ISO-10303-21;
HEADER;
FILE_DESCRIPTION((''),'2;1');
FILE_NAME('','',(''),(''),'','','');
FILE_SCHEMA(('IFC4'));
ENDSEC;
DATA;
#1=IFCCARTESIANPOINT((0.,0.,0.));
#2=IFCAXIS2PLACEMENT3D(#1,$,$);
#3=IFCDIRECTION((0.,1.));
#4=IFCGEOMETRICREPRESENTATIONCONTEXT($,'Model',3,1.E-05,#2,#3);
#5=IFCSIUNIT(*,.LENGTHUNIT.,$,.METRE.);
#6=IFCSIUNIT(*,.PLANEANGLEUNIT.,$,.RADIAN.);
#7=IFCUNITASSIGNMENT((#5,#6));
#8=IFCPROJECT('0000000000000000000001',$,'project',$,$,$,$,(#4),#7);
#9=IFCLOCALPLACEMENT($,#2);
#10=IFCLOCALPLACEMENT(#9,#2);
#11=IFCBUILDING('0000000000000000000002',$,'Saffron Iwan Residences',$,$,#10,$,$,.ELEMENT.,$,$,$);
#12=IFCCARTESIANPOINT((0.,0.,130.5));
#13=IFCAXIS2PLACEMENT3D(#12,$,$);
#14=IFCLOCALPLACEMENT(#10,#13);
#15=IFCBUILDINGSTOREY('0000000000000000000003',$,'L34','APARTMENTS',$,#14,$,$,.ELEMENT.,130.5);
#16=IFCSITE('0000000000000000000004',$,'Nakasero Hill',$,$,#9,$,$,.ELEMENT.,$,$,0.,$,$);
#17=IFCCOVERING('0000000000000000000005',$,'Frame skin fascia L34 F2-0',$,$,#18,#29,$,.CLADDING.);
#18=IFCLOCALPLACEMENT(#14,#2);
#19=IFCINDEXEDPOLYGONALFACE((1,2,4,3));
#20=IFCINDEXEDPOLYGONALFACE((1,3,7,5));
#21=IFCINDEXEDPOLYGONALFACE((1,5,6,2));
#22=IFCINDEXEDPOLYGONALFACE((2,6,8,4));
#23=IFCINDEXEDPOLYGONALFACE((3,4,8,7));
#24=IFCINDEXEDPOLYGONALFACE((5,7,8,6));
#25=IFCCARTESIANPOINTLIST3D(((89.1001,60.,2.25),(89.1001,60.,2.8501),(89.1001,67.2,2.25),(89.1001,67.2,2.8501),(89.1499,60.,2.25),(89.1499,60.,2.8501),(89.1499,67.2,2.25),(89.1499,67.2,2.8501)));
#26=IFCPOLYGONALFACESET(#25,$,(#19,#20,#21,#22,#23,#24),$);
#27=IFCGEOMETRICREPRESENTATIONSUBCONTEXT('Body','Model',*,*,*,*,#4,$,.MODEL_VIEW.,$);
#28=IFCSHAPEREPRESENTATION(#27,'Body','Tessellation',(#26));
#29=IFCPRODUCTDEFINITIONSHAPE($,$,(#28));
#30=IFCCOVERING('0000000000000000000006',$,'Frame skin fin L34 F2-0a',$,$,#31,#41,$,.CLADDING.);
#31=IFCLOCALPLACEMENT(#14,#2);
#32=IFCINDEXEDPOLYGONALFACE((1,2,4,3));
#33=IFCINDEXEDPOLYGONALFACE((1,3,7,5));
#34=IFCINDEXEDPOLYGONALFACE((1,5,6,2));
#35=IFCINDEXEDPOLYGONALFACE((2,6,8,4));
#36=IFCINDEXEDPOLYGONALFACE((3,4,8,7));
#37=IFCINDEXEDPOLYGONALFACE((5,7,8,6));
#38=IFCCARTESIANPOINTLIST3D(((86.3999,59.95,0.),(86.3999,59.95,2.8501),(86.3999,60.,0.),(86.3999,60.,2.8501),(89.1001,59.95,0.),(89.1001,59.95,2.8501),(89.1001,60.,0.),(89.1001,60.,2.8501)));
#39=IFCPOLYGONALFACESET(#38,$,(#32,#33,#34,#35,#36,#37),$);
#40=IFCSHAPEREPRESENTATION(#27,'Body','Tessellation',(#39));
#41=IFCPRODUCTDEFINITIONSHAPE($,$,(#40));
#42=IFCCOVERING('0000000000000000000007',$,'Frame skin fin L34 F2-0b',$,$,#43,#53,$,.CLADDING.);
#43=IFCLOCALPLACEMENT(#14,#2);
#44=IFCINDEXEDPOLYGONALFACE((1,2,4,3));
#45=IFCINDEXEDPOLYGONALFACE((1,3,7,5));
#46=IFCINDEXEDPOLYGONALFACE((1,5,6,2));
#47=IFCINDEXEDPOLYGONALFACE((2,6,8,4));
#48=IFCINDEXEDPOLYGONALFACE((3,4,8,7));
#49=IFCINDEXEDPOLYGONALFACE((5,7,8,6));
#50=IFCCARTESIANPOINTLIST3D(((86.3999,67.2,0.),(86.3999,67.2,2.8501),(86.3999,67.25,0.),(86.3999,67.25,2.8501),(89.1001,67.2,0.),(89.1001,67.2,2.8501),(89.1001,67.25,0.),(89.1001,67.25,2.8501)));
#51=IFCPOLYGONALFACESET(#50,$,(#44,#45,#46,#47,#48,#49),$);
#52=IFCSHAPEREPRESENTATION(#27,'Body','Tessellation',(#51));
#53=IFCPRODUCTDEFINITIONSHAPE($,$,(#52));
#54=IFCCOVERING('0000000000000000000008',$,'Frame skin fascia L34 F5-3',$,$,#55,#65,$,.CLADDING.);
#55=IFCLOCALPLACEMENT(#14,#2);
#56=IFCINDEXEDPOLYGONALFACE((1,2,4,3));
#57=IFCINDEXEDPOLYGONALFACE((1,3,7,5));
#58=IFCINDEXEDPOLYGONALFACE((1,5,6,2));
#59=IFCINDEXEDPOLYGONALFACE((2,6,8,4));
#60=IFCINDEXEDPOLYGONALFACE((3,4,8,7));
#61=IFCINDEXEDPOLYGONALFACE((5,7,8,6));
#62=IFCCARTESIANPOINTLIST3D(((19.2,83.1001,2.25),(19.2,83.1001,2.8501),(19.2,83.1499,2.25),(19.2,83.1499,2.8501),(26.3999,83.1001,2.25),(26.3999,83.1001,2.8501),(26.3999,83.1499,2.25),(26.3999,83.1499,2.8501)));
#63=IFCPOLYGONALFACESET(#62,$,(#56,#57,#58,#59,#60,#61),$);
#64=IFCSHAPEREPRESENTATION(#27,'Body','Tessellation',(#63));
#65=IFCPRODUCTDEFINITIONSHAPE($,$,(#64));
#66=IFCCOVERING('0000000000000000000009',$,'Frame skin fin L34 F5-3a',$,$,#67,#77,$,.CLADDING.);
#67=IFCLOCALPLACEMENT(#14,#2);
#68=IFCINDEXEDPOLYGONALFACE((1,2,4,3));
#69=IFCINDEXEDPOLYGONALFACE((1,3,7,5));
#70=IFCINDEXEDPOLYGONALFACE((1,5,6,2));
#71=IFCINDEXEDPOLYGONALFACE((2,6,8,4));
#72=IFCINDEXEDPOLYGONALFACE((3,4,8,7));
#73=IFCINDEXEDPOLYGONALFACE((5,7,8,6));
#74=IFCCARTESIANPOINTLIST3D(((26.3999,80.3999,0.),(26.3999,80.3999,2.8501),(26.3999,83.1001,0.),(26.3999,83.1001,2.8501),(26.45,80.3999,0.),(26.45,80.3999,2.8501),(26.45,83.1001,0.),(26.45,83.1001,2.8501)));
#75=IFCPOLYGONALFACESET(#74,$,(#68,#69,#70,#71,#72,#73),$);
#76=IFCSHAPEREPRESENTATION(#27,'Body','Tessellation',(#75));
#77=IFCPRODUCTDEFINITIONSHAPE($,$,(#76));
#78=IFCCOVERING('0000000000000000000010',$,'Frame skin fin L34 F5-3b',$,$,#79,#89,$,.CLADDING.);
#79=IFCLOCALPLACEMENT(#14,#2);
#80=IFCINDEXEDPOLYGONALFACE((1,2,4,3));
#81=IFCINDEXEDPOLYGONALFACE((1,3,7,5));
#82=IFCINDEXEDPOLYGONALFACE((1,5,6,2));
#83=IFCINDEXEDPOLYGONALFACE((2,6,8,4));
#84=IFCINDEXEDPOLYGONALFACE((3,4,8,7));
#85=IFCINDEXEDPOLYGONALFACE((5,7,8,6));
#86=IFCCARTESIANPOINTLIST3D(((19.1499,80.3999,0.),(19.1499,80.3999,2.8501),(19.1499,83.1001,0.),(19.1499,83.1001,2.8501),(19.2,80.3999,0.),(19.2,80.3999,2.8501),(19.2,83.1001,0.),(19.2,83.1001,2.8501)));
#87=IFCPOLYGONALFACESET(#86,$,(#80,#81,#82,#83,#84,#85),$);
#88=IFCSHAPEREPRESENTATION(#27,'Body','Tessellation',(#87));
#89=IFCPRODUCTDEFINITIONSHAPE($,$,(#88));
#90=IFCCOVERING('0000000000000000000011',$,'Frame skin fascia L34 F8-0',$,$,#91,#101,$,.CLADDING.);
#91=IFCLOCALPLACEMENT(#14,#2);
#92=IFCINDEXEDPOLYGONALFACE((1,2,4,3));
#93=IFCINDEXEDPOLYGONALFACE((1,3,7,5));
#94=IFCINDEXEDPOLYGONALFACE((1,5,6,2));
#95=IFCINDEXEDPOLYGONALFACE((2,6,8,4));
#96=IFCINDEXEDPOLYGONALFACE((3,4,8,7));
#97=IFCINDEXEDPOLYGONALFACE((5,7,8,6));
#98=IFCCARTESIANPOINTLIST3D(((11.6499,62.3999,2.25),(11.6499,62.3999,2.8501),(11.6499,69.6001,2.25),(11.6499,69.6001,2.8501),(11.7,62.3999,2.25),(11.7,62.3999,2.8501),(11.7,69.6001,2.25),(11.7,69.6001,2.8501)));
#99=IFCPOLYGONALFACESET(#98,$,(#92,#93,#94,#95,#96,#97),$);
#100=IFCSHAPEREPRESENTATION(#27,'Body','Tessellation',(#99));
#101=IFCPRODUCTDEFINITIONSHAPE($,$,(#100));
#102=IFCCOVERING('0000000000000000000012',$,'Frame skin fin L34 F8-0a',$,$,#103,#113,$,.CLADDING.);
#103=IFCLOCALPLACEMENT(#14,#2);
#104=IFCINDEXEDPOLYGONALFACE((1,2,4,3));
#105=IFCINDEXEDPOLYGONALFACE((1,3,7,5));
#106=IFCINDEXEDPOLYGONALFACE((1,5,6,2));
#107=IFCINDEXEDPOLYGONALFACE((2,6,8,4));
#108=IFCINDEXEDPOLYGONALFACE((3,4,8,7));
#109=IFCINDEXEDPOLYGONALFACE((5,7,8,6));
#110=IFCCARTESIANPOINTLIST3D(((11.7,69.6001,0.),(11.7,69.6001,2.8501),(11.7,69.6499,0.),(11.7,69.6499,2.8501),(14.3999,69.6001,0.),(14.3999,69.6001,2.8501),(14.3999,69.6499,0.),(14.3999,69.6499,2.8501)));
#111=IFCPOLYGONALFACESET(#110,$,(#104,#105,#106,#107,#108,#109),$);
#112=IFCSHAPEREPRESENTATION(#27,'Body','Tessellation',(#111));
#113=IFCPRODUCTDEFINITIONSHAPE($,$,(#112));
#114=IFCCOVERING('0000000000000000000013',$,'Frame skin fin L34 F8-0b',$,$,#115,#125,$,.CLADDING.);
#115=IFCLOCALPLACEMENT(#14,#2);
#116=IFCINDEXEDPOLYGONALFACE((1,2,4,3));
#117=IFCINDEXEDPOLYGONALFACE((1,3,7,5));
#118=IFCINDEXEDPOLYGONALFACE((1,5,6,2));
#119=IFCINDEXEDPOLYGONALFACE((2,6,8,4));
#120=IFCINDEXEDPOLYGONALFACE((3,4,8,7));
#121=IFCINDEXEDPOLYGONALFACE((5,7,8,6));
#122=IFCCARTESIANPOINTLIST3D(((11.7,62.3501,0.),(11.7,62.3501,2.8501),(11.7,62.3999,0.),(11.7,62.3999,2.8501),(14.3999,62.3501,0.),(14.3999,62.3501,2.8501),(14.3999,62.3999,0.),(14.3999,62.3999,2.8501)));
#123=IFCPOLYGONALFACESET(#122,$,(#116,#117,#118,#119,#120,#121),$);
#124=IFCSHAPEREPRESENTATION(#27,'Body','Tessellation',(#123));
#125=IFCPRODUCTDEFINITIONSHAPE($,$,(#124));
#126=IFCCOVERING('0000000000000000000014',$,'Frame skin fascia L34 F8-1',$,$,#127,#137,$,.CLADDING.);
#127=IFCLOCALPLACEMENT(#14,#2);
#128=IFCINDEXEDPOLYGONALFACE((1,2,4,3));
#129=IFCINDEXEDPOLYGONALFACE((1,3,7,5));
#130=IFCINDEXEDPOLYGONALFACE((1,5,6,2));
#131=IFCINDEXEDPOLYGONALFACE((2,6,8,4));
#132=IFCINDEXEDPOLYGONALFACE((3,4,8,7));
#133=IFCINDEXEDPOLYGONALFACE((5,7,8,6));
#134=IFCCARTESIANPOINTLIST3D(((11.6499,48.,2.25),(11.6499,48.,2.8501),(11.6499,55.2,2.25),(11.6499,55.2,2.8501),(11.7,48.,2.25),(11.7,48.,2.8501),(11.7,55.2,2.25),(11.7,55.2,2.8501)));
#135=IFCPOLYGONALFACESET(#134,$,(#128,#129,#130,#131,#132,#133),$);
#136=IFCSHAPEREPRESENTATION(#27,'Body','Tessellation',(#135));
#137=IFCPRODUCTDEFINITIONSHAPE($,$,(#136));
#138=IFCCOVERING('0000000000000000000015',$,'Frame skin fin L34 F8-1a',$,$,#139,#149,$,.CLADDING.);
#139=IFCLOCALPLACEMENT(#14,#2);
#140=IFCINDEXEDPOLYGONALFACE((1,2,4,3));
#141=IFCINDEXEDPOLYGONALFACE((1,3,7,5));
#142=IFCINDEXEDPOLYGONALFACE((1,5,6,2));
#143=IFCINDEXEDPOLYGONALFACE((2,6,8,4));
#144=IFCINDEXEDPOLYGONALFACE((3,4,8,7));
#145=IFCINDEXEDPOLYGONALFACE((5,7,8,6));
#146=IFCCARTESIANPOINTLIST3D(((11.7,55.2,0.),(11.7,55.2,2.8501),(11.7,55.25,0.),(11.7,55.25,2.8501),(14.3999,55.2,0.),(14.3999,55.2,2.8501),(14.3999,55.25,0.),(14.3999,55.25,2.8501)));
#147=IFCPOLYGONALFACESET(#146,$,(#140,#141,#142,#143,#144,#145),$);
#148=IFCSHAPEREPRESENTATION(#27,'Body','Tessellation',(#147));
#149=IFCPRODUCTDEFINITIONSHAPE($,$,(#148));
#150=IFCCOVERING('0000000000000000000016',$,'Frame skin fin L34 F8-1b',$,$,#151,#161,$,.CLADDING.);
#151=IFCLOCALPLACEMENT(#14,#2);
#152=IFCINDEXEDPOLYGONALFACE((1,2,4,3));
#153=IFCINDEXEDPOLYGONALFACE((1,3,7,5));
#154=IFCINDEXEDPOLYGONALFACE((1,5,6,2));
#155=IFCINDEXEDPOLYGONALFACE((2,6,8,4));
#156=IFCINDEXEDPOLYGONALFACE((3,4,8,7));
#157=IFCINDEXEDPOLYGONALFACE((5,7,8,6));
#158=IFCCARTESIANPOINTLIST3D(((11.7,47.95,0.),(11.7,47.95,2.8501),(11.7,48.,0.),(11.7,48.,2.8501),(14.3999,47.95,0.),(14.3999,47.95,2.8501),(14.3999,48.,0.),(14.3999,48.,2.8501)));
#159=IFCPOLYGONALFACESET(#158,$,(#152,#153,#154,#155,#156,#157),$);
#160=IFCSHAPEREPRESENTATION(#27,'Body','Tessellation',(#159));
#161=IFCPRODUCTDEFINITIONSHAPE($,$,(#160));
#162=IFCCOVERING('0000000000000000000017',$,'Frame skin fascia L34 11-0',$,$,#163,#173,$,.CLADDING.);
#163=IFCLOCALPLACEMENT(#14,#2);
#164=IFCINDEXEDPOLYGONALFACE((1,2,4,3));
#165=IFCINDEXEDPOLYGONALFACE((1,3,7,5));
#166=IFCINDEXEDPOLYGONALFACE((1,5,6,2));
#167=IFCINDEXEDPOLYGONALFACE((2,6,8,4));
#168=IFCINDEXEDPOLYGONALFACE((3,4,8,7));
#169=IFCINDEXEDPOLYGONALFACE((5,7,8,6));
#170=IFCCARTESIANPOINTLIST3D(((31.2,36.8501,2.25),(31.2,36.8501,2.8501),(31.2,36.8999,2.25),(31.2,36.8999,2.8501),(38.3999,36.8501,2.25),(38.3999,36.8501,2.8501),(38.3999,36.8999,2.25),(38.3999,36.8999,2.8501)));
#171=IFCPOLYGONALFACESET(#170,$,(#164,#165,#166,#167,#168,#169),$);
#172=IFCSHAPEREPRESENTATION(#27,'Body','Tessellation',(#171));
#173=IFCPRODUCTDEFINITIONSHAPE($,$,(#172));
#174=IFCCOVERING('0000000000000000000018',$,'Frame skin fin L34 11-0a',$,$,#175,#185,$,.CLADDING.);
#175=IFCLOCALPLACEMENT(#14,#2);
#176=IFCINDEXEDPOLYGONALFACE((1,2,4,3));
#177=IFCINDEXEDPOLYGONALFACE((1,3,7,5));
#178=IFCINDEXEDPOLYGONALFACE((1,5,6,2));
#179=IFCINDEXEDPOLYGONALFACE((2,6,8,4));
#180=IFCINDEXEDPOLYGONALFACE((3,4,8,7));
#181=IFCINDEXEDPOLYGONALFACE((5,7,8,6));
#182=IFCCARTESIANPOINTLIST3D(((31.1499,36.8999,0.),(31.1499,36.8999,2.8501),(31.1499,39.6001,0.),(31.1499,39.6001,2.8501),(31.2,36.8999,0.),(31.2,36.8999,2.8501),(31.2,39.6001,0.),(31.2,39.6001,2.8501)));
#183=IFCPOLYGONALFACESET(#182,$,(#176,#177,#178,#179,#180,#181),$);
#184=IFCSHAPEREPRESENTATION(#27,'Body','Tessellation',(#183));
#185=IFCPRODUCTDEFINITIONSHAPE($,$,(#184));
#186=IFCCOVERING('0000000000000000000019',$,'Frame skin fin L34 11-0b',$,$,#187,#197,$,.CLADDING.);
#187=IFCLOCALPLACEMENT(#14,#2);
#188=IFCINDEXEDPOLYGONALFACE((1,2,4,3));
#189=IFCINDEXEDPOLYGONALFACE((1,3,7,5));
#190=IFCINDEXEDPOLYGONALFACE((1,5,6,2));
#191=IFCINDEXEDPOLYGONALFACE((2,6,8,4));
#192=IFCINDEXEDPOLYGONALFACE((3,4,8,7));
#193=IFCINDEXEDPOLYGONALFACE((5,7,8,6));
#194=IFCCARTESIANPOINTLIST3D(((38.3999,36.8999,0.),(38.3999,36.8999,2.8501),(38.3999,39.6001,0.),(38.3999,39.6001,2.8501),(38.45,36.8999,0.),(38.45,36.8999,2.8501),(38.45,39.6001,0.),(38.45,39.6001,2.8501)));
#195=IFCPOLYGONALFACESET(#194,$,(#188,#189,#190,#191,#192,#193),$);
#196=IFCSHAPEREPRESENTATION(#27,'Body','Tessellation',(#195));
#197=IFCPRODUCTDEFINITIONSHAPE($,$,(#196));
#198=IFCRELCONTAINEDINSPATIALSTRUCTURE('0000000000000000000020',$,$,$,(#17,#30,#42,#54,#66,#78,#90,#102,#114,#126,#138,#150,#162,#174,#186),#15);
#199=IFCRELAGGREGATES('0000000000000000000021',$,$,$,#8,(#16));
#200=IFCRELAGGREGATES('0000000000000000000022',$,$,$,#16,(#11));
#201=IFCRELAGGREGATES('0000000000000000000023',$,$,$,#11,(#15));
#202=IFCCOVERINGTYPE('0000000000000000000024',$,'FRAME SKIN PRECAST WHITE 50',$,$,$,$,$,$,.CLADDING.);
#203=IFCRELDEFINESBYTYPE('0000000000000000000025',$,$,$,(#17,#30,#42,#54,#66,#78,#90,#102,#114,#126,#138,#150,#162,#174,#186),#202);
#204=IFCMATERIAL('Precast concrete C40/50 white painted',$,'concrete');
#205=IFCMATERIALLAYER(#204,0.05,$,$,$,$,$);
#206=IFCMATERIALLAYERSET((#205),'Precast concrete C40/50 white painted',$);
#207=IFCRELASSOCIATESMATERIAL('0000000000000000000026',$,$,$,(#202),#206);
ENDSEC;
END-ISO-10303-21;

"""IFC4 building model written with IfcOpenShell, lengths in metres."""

from ifc_helpers import new_model, si_unit, direction, frame, origin, place, context, subcontext, project, spatial, polyline, outline, extrude, material, layer, layer_set, type_object, element, save


model = new_model("IFC4")

# Units and contexts
model_context = context("Model", 3, precision=1e-05, world=origin(), true_north=direction((0.0, 1.0)))
body_context = subcontext(model_context, "Body", "Model", "MODEL_VIEW")
ifc_project = project(units=[si_unit("LENGTHUNIT", "METRE"), si_unit("PLANEANGLEUNIT", "RADIAN")], contexts=[model_context])

# Site, building, storey
site_placement = place(None, origin())
site = spatial("IfcSite", under=ifc_project, at=site_placement, Name="Nakasero Hill", CompositionType="ELEMENT", RefElevation=0.0)
building_placement = place(site_placement, origin())
building = spatial("IfcBuilding", under=site, at=building_placement, Name="Saffron Iwan Residences", CompositionType="ELEMENT")
storey_placement = place(building_placement, frame((0.0, 0.0, 130.5)))
storey = spatial("IfcBuildingStorey", under=building, at=storey_placement, Name="L34", Description="APARTMENTS", CompositionType="ELEMENT", Elevation=130.5)

# Coverings
ifc_material = material(Name="Precast concrete C40/50 white painted", Category="concrete")
ifc_layer_1 = layer(ifc_material, 0.05)
ifc_layer_set_1 = layer_set([ifc_layer_1], Name="Precast concrete C40/50 white painted")
covering_type_1 = type_object("IfcCoveringType", Name="FRAME SKIN PRECAST WHITE 50", PredefinedType="CLADDING", material=ifc_layer_set_1)
covering_1_placement = place(storey_placement, frame((0.0, 0.0, 2.25)))
element("IfcCovering", 1, at=covering_1_placement, inside=storey, type_object=covering_type_1, Name="Frame skin fascia L34 F2-0", PredefinedType="CLADDING", context=body_context, shape_type="SweptSolid", body=[
    extrude(outline(polyline([(89.1499, 60.0), (89.1499, 67.2), (89.1001, 67.2), (89.1001, 60.0), (89.1499, 60.0)])), origin(), (0.0, 0.0, 1.0), 0.6001),
])
covering_2_placement = place(storey_placement, origin())
element("IfcCovering", 2, at=covering_2_placement, inside=storey, type_object=covering_type_1, Name="Frame skin fin L34 F2-0a", PredefinedType="CLADDING", context=body_context, shape_type="SweptSolid", body=[
    extrude(outline(polyline([(89.1001, 59.95), (89.1001, 60.0), (86.3999, 60.0), (86.3999, 59.95), (89.1001, 59.95)])), origin(), (0.0, 0.0, 1.0), 2.8501),
])
covering_3_placement = place(storey_placement, origin())
element("IfcCovering", 3, at=covering_3_placement, inside=storey, type_object=covering_type_1, Name="Frame skin fin L34 F2-0b", PredefinedType="CLADDING", context=body_context, shape_type="SweptSolid", body=[
    extrude(outline(polyline([(89.1001, 67.2), (89.1001, 67.25), (86.3999, 67.25), (86.3999, 67.2), (89.1001, 67.2)])), origin(), (0.0, 0.0, 1.0), 2.8501),
])
covering_4_placement = place(storey_placement, frame((0.0, 0.0, 2.25)))
element("IfcCovering", 4, at=covering_4_placement, inside=storey, type_object=covering_type_1, Name="Frame skin fascia L34 F5-3", PredefinedType="CLADDING", context=body_context, shape_type="SweptSolid", body=[
    extrude(outline(polyline([(26.3999, 83.1499), (19.2, 83.1499), (19.2, 83.1001), (26.3999, 83.1001), (26.3999, 83.1499)])), origin(), (0.0, 0.0, 1.0), 0.6001),
])
covering_5_placement = place(storey_placement, origin())
element("IfcCovering", 5, at=covering_5_placement, inside=storey, type_object=covering_type_1, Name="Frame skin fin L34 F5-3a", PredefinedType="CLADDING", context=body_context, shape_type="SweptSolid", body=[
    extrude(outline(polyline([(26.45, 83.1001), (26.3999, 83.1001), (26.3999, 80.3999), (26.45, 80.3999), (26.45, 83.1001)])), origin(), (0.0, 0.0, 1.0), 2.8501),
])
covering_6_placement = place(storey_placement, origin())
element("IfcCovering", 6, at=covering_6_placement, inside=storey, type_object=covering_type_1, Name="Frame skin fin L34 F5-3b", PredefinedType="CLADDING", context=body_context, shape_type="SweptSolid", body=[
    extrude(outline(polyline([(19.2, 83.1001), (19.1499, 83.1001), (19.1499, 80.3999), (19.2, 80.3999), (19.2, 83.1001)])), origin(), (0.0, 0.0, 1.0), 2.8501),
])
covering_7_placement = place(storey_placement, frame((0.0, 0.0, 2.25)))
element("IfcCovering", 7, at=covering_7_placement, inside=storey, type_object=covering_type_1, Name="Frame skin fascia L34 F8-0", PredefinedType="CLADDING", context=body_context, shape_type="SweptSolid", body=[
    extrude(outline(polyline([(11.6499, 69.6001), (11.6499, 62.3999), (11.7, 62.3999), (11.7, 69.6001), (11.6499, 69.6001)])), origin(), (0.0, 0.0, 1.0), 0.6001),
])
covering_8_placement = place(storey_placement, origin())
element("IfcCovering", 8, at=covering_8_placement, inside=storey, type_object=covering_type_1, Name="Frame skin fin L34 F8-0a", PredefinedType="CLADDING", context=body_context, shape_type="SweptSolid", body=[
    extrude(outline(polyline([(11.7, 69.6499), (11.7, 69.6001), (14.3999, 69.6001), (14.3999, 69.6499), (11.7, 69.6499)])), origin(), (0.0, 0.0, 1.0), 2.8501),
])
covering_9_placement = place(storey_placement, origin())
element("IfcCovering", 9, at=covering_9_placement, inside=storey, type_object=covering_type_1, Name="Frame skin fin L34 F8-0b", PredefinedType="CLADDING", context=body_context, shape_type="SweptSolid", body=[
    extrude(outline(polyline([(11.7, 62.3999), (11.7, 62.3501), (14.3999, 62.3501), (14.3999, 62.3999), (11.7, 62.3999)])), origin(), (0.0, 0.0, 1.0), 2.8501),
])
covering_10_placement = place(storey_placement, frame((0.0, 0.0, 2.25)))
element("IfcCovering", 10, at=covering_10_placement, inside=storey, type_object=covering_type_1, Name="Frame skin fascia L34 F8-1", PredefinedType="CLADDING", context=body_context, shape_type="SweptSolid", body=[
    extrude(outline(polyline([(11.6499, 55.2), (11.6499, 48.0), (11.7, 48.0), (11.7, 55.2), (11.6499, 55.2)])), origin(), (0.0, 0.0, 1.0), 0.6001),
])
covering_11_placement = place(storey_placement, origin())
element("IfcCovering", 11, at=covering_11_placement, inside=storey, type_object=covering_type_1, Name="Frame skin fin L34 F8-1a", PredefinedType="CLADDING", context=body_context, shape_type="SweptSolid", body=[
    extrude(outline(polyline([(11.7, 55.25), (11.7, 55.2), (14.3999, 55.2), (14.3999, 55.25), (11.7, 55.25)])), origin(), (0.0, 0.0, 1.0), 2.8501),
])
covering_12_placement = place(storey_placement, origin())
element("IfcCovering", 12, at=covering_12_placement, inside=storey, type_object=covering_type_1, Name="Frame skin fin L34 F8-1b", PredefinedType="CLADDING", context=body_context, shape_type="SweptSolid", body=[
    extrude(outline(polyline([(11.7, 48.0), (11.7, 47.95), (14.3999, 47.95), (14.3999, 48.0), (11.7, 48.0)])), origin(), (0.0, 0.0, 1.0), 2.8501),
])
covering_13_placement = place(storey_placement, frame((0.0, 0.0, 2.25)))
element("IfcCovering", 13, at=covering_13_placement, inside=storey, type_object=covering_type_1, Name="Frame skin fascia L34 11-0", PredefinedType="CLADDING", context=body_context, shape_type="SweptSolid", body=[
    extrude(outline(polyline([(31.2, 36.8501), (38.3999, 36.8501), (38.3999, 36.8999), (31.2, 36.8999), (31.2, 36.8501)])), origin(), (0.0, 0.0, 1.0), 0.6001),
])
covering_14_placement = place(storey_placement, origin())
element("IfcCovering", 14, at=covering_14_placement, inside=storey, type_object=covering_type_1, Name="Frame skin fin L34 11-0a", PredefinedType="CLADDING", context=body_context, shape_type="SweptSolid", body=[
    extrude(outline(polyline([(31.1499, 36.8999), (31.2, 36.8999), (31.2, 39.6001), (31.1499, 39.6001), (31.1499, 36.8999)])), origin(), (0.0, 0.0, 1.0), 2.8501),
])
covering_15_placement = place(storey_placement, origin())
element("IfcCovering", 15, at=covering_15_placement, inside=storey, type_object=covering_type_1, Name="Frame skin fin L34 11-0b", PredefinedType="CLADDING", context=body_context, shape_type="SweptSolid", body=[
    extrude(outline(polyline([(38.3999, 36.8999), (38.45, 36.8999), (38.45, 39.6001), (38.3999, 39.6001), (38.3999, 36.8999)])), origin(), (0.0, 0.0, 1.0), 2.8501),
])

save(model, "model.ifc")
